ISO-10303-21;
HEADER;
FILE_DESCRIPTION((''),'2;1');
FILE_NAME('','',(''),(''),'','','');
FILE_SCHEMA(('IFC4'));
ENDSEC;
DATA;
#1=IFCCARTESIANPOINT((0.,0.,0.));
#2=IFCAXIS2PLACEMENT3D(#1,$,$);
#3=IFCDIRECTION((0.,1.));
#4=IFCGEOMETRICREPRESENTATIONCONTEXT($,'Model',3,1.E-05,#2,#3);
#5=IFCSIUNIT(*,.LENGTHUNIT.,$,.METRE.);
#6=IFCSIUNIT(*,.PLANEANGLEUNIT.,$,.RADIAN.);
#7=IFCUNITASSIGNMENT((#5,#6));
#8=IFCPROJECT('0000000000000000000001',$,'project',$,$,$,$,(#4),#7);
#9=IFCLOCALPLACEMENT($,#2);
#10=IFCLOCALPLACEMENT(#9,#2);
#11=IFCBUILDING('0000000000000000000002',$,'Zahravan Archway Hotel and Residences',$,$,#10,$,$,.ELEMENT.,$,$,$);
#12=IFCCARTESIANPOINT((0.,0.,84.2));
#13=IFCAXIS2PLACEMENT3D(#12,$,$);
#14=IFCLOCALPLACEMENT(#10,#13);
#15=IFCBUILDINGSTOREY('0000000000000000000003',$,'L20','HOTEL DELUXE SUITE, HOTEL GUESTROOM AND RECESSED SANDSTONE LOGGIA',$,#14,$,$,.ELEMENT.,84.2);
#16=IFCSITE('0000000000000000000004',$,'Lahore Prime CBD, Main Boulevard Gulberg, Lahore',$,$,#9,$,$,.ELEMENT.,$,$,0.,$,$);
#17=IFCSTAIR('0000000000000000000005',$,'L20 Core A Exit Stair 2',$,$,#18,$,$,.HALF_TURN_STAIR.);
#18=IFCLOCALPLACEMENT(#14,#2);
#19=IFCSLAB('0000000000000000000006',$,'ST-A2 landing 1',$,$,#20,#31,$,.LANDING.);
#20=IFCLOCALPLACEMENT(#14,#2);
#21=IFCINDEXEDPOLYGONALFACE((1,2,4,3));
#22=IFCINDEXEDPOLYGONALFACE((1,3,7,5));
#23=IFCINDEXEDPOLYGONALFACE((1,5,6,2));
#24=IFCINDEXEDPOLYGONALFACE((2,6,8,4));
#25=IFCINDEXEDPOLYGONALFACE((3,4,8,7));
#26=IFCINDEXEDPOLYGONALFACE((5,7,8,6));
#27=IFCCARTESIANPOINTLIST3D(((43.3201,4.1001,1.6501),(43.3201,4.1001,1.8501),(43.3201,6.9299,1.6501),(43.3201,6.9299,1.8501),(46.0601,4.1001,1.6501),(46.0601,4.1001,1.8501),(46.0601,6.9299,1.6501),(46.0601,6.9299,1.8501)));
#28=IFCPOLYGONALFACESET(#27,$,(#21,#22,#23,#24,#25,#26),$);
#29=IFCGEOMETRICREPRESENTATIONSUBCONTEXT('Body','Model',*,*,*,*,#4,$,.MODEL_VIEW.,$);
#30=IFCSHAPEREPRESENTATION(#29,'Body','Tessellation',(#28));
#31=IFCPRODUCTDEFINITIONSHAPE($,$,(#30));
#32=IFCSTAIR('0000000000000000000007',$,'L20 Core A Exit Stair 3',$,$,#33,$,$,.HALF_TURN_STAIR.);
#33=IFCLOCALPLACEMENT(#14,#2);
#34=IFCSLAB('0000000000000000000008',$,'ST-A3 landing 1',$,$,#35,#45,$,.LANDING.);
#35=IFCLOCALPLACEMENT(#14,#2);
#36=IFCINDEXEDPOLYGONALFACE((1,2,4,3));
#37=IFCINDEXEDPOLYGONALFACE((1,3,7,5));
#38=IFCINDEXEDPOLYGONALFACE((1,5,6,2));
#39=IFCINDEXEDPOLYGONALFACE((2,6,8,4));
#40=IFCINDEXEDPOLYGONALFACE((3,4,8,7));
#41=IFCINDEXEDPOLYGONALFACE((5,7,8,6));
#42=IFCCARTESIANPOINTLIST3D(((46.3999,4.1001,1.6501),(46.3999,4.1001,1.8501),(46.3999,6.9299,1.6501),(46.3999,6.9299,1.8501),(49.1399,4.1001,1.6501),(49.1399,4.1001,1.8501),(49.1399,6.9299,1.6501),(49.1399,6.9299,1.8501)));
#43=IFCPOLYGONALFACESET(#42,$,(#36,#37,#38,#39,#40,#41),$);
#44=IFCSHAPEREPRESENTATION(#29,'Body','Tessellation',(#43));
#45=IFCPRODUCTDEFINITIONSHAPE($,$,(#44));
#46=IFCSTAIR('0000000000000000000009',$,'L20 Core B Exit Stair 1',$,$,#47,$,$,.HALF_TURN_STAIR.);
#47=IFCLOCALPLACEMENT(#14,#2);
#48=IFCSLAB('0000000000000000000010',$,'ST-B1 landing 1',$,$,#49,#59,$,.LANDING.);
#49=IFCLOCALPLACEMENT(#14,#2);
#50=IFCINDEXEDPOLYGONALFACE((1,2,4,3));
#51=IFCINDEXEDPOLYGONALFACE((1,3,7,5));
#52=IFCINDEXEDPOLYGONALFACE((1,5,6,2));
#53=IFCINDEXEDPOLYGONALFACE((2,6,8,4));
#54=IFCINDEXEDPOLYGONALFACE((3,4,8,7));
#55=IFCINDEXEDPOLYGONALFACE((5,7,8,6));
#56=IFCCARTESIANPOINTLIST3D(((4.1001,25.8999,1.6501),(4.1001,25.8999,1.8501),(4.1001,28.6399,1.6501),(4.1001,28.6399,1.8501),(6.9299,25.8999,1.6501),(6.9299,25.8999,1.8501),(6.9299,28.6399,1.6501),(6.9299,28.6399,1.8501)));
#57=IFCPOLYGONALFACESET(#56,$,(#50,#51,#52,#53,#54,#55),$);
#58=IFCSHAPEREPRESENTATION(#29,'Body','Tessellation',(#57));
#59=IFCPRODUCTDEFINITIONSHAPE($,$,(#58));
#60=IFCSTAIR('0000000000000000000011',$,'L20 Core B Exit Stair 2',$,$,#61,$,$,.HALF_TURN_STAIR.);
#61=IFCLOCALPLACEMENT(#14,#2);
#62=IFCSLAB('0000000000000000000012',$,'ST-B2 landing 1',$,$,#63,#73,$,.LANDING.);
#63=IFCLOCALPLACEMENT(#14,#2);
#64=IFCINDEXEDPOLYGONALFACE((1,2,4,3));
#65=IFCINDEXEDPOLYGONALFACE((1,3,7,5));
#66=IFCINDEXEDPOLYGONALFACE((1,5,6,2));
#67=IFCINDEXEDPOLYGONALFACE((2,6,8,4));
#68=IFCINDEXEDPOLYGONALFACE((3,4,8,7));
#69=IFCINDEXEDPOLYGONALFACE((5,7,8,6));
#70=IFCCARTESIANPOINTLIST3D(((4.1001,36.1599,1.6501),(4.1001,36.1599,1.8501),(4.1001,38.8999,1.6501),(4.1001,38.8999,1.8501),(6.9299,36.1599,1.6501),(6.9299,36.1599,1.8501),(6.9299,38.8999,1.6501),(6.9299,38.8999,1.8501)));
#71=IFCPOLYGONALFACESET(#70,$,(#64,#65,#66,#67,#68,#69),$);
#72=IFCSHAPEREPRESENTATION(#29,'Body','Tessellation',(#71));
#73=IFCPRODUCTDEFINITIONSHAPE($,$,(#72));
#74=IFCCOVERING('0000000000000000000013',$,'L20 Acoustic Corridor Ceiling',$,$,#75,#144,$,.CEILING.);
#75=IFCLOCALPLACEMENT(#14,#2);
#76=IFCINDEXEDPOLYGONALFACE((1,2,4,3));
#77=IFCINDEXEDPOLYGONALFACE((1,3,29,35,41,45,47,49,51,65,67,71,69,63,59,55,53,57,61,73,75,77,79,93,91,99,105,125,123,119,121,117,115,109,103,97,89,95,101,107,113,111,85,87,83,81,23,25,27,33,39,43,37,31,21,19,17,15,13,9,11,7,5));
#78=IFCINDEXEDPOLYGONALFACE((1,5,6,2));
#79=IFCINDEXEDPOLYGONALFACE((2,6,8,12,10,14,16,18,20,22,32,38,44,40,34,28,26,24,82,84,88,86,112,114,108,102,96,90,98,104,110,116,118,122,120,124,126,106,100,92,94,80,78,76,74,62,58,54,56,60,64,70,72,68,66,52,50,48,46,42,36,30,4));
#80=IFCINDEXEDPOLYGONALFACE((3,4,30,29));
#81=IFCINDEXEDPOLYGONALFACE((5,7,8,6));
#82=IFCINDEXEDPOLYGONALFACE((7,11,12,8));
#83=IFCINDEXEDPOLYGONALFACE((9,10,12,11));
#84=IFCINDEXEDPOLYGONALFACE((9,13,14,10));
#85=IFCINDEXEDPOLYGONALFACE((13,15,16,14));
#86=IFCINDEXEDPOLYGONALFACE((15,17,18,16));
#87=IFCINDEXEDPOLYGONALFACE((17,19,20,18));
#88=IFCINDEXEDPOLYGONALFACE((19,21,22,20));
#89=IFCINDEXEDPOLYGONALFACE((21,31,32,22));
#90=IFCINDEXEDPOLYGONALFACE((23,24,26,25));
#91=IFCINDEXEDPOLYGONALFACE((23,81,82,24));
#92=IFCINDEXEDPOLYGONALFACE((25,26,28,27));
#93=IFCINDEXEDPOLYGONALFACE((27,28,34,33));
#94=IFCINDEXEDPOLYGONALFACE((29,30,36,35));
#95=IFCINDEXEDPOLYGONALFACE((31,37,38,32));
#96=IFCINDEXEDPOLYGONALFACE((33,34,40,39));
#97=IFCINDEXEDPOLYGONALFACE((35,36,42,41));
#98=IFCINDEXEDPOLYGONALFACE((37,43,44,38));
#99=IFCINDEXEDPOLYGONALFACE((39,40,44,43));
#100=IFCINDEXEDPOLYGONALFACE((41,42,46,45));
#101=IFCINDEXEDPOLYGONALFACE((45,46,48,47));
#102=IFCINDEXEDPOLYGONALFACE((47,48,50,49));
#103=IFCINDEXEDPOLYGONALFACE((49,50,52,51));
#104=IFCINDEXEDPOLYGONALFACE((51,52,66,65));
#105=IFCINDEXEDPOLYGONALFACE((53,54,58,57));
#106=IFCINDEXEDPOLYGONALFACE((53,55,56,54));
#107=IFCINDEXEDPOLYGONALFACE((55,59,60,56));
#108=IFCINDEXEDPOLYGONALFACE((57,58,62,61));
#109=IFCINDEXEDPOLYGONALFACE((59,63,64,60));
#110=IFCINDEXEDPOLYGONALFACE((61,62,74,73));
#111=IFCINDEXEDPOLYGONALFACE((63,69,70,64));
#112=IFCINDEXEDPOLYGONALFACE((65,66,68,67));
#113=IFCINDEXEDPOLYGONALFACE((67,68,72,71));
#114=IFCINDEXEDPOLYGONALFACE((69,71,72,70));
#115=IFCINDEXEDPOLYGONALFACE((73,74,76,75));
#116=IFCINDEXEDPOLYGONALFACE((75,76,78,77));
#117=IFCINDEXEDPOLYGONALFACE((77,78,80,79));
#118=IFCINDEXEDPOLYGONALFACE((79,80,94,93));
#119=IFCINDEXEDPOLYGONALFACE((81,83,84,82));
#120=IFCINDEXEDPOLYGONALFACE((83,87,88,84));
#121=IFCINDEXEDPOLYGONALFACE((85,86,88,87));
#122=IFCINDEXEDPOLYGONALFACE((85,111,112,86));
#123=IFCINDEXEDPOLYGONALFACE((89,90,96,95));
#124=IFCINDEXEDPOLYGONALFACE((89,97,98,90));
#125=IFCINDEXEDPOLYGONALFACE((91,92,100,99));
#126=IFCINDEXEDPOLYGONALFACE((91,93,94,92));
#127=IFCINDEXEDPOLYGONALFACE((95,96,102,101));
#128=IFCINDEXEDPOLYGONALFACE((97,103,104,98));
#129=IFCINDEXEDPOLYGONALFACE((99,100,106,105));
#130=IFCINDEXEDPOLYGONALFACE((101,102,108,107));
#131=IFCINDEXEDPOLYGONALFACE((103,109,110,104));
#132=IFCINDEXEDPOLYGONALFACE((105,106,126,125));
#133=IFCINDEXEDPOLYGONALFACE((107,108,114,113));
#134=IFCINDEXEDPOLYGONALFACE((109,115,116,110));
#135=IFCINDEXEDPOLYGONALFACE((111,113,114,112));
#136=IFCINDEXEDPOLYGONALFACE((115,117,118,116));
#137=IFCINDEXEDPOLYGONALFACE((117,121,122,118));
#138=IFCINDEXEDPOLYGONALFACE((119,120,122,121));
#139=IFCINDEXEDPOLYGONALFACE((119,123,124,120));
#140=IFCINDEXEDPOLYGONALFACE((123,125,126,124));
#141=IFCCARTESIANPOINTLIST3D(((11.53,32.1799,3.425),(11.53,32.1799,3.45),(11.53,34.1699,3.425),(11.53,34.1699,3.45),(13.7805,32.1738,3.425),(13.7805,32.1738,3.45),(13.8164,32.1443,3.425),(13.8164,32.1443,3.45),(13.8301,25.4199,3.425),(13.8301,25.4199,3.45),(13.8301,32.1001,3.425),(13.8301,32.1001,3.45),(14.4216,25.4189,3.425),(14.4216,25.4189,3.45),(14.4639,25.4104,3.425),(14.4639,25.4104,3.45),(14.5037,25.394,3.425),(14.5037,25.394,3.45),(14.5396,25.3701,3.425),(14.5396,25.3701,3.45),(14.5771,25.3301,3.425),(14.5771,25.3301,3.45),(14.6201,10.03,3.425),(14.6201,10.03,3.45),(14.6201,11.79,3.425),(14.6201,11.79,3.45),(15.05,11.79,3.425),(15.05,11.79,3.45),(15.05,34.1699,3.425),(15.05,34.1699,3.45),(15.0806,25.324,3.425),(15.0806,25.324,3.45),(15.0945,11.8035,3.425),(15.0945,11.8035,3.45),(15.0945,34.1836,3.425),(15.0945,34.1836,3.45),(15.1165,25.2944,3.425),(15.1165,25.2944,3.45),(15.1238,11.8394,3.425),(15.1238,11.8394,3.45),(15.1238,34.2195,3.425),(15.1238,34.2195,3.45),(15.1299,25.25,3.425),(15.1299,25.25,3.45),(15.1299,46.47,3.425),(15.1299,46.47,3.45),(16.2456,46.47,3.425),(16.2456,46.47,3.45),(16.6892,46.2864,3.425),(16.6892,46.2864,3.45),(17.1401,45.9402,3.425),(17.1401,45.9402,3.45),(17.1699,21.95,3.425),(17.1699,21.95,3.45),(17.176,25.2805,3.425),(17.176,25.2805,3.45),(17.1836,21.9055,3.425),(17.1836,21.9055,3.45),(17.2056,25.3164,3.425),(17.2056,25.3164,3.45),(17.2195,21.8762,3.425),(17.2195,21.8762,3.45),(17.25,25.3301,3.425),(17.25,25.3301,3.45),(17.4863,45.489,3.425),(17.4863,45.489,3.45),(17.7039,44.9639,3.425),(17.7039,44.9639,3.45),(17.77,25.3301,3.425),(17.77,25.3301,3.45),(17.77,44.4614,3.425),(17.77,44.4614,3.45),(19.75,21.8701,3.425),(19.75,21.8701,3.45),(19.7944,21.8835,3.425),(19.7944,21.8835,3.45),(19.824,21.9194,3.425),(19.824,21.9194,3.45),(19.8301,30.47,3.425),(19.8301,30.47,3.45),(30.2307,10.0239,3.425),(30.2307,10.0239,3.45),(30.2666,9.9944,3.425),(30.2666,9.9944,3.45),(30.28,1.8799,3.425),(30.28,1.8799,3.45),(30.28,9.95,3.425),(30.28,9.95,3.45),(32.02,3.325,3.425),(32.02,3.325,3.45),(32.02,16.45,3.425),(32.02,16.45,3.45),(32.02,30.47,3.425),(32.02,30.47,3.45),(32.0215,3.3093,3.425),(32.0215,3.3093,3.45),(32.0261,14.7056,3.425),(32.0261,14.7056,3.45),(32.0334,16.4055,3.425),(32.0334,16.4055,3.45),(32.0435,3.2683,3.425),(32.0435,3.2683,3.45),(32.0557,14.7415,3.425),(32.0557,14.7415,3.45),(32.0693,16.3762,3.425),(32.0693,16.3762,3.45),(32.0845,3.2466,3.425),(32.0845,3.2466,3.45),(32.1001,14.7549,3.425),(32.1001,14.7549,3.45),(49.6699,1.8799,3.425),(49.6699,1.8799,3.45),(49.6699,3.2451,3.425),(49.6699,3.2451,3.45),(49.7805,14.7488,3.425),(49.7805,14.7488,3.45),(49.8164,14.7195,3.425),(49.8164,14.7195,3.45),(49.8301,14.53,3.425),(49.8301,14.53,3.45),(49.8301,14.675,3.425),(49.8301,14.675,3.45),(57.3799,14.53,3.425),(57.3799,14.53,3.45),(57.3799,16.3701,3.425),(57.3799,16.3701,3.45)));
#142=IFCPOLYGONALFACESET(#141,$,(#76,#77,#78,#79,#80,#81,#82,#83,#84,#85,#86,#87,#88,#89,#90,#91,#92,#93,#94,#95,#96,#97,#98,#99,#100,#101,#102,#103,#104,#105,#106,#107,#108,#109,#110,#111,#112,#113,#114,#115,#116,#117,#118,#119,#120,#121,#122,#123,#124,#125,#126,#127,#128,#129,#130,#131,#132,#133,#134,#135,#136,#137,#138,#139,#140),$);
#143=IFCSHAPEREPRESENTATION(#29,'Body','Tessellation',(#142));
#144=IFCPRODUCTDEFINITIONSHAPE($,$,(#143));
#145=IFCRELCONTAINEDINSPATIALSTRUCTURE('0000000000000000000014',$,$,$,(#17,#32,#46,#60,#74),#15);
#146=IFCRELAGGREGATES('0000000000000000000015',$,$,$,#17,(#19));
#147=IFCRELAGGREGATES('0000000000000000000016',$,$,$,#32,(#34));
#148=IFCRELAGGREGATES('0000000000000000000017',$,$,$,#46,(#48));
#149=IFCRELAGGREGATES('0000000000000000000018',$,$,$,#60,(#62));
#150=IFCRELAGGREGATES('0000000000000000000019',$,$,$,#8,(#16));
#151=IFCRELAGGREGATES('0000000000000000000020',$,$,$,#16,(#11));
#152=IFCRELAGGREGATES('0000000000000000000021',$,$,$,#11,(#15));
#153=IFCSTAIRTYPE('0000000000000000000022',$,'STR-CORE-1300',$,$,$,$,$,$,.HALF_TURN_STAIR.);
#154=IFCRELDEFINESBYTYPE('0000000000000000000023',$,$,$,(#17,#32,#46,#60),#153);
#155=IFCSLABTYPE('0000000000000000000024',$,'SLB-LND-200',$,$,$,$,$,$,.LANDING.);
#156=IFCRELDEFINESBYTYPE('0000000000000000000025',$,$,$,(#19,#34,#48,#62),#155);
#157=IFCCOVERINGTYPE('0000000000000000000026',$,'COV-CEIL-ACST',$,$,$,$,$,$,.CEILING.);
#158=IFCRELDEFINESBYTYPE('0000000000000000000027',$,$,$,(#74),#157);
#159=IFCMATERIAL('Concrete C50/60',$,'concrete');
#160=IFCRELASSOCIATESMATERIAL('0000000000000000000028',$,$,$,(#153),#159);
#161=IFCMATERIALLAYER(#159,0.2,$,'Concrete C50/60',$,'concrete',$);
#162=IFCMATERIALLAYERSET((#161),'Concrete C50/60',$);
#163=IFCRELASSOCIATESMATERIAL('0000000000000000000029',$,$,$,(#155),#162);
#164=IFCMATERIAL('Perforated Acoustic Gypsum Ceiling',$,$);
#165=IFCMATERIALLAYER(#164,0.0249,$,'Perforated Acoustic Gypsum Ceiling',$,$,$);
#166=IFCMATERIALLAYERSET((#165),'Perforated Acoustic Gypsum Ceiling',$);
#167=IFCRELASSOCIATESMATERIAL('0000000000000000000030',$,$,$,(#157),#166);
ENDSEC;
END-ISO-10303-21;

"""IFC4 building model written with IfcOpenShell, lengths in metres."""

from ifc_helpers import new_model, si_unit, direction, frame, origin, place, context, subcontext, project, spatial, polyline, outline, extrude, material, layer, layer_set, type_object, element, aggregate, save


model = new_model("IFC4")

# Units and contexts
model_context = context("Model", 3, precision=1e-05, world=origin(), true_north=direction((0.0, 1.0)))
body_context = subcontext(model_context, "Body", "Model", "MODEL_VIEW")
ifc_project = project(units=[si_unit("LENGTHUNIT", "METRE"), si_unit("PLANEANGLEUNIT", "RADIAN")], contexts=[model_context])

# Site, building, storey
site_placement = place(None, origin())
site = spatial("IfcSite", under=ifc_project, at=site_placement, Name="Lahore Prime CBD, Main Boulevard Gulberg, Lahore", CompositionType="ELEMENT", RefElevation=0.0)
building_placement = place(site_placement, origin())
building = spatial("IfcBuilding", under=site, at=building_placement, Name="Zahravan Archway Hotel and Residences", CompositionType="ELEMENT")
storey_placement = place(building_placement, frame((0.0, 0.0, 84.2)))
storey = spatial("IfcBuildingStorey", under=building, at=storey_placement, Name="L20", Description="HOTEL DELUXE SUITE, HOTEL GUESTROOM AND RECESSED SANDSTONE LOGGIA", CompositionType="ELEMENT", Elevation=84.2)

# Stairs, slabs
ifc_material_1 = material(Name="Concrete C50/60", Category="concrete")
stair_type = type_object("IfcStairType", Name="STR-CORE-1300", PredefinedType="HALF_TURN_STAIR", material=ifc_material_1)
ifc_layer_1 = layer(ifc_material_1, 0.2, Name="Concrete C50/60", Category="concrete")
ifc_layer_set_1 = layer_set([ifc_layer_1], Name="Concrete C50/60")
slab_type_1 = type_object("IfcSlabType", Name="SLB-LND-200", PredefinedType="LANDING", material=ifc_layer_set_1)
stair_1_placement = place(storey_placement, origin())
stair_1 = element("IfcStair", 1, at=stair_1_placement, inside=storey, type_object=stair_type, Name="L20 Core A Exit Stair 2", PredefinedType="HALF_TURN_STAIR")
slab_1_placement = place(storey_placement, frame((0.0, 0.0, 1.6501)))
slab_1 = element("IfcSlab", 2, at=slab_1_placement, type_object=slab_type_1, Name="ST-A2 landing 1", PredefinedType="LANDING", context=body_context, shape_type="SweptSolid", body=[
    extrude(outline(polyline([(43.3201, 6.9299), (43.3201, 4.1001), (46.0601, 4.1001), (46.0601, 6.9299), (43.3201, 6.9299)])), origin(), (0.0, 0.0, 1.0), 0.2),
])
aggregate(stair_1, [slab_1])
stair_2_placement = place(storey_placement, origin())
stair_2 = element("IfcStair", 3, at=stair_2_placement, inside=storey, type_object=stair_type, Name="L20 Core A Exit Stair 3", PredefinedType="HALF_TURN_STAIR")
slab_2_placement = place(storey_placement, frame((0.0, 0.0, 1.6501)))
slab_2 = element("IfcSlab", 4, at=slab_2_placement, type_object=slab_type_1, Name="ST-A3 landing 1", PredefinedType="LANDING", context=body_context, shape_type="SweptSolid", body=[
    extrude(outline(polyline([(46.3999, 6.9299), (46.3999, 4.1001), (49.1399, 4.1001), (49.1399, 6.9299), (46.3999, 6.9299)])), origin(), (0.0, 0.0, 1.0), 0.2),
])
aggregate(stair_2, [slab_2])
stair_3_placement = place(storey_placement, origin())
stair_3 = element("IfcStair", 5, at=stair_3_placement, inside=storey, type_object=stair_type, Name="L20 Core B Exit Stair 1", PredefinedType="HALF_TURN_STAIR")
slab_3_placement = place(storey_placement, frame((0.0, 0.0, 1.6501)))
slab_3 = element("IfcSlab", 6, at=slab_3_placement, type_object=slab_type_1, Name="ST-B1 landing 1", PredefinedType="LANDING", context=body_context, shape_type="SweptSolid", body=[
    extrude(outline(polyline([(6.9299, 28.6399), (4.1001, 28.6399), (4.1001, 25.8999), (6.9299, 25.8999), (6.9299, 28.6399)])), origin(), (0.0, 0.0, 1.0), 0.2),
])
aggregate(stair_3, [slab_3])
stair_4_placement = place(storey_placement, origin())
stair_4 = element("IfcStair", 7, at=stair_4_placement, inside=storey, type_object=stair_type, Name="L20 Core B Exit Stair 2", PredefinedType="HALF_TURN_STAIR")
slab_4_placement = place(storey_placement, frame((0.0, 0.0, 1.6501)))
slab_4 = element("IfcSlab", 8, at=slab_4_placement, type_object=slab_type_1, Name="ST-B2 landing 1", PredefinedType="LANDING", context=body_context, shape_type="SweptSolid", body=[
    extrude(outline(polyline([(6.9299, 38.8999), (4.1001, 38.8999), (4.1001, 36.1599), (6.9299, 36.1599), (6.9299, 38.8999)])), origin(), (0.0, 0.0, 1.0), 0.2),
])
aggregate(stair_4, [slab_4])

# Covering
ifc_material_2 = material(Name="Perforated Acoustic Gypsum Ceiling")
ifc_layer_2 = layer(ifc_material_2, 0.0249, Name="Perforated Acoustic Gypsum Ceiling")
ifc_layer_set_2 = layer_set([ifc_layer_2], Name="Perforated Acoustic Gypsum Ceiling")
covering_type_1 = type_object("IfcCoveringType", Name="COV-CEIL-ACST", PredefinedType="CEILING", material=ifc_layer_set_2)
covering_1_placement = place(storey_placement, frame((0.0, 0.0, 3.425)))
element("IfcCovering", 9, at=covering_1_placement, inside=storey, type_object=covering_type_1, Name="L20 Acoustic Corridor Ceiling", PredefinedType="CEILING", context=body_context, shape_type="SweptSolid", body=[
    extrude(outline(polyline([(32.0215, 3.3093), (32.0435, 3.2683), (32.0845, 3.2466), (49.6699, 3.2451), (49.6699, 1.8799), (30.28, 1.8799), (30.28, 9.95), (30.2666, 9.9944), (30.2307, 10.0239), (14.6201, 10.03), (14.6201, 11.79), (15.05, 11.79), (15.0945, 11.8035), (15.1238, 11.8394), (15.1299, 25.25), (15.1165, 25.2944), (15.0806, 25.324), (14.5771, 25.3301), (14.5396, 25.3701), (14.5037, 25.394), (14.4639, 25.4104), (14.4216, 25.4189), (13.8301, 25.4199), (13.8301, 32.1001), (13.8164, 32.1443), (13.7805, 32.1738), (11.53, 32.1799), (11.53, 34.1699), (15.05, 34.1699), (15.0945, 34.1836), (15.1238, 34.2195), (15.1299, 46.47), (16.2456, 46.47), (16.6892, 46.2864), (17.1401, 45.9402), (17.4863, 45.489), (17.7039, 44.9639), (17.77, 44.4614), (17.77, 25.3301), (17.25, 25.3301), (17.2056, 25.3164), (17.176, 25.2805), (17.1699, 21.95), (17.1836, 21.9055), (17.2195, 21.8762), (19.75, 21.8701), (19.7944, 21.8835), (19.824, 21.9194), (19.8301, 30.47), (32.02, 30.47), (32.02, 16.45), (32.0334, 16.4055), (32.0693, 16.3762), (57.3799, 16.3701), (57.3799, 14.53), (49.8301, 14.53), (49.8301, 14.675), (49.8164, 14.7195), (49.7805, 14.7488), (32.1001, 14.7549), (32.0557, 14.7415), (32.0261, 14.7056), (32.02, 3.325), (32.0215, 3.3093)])), origin(), (0.0, 0.0, 1.0), 0.0249),
])

save(model, "model.ifc")
